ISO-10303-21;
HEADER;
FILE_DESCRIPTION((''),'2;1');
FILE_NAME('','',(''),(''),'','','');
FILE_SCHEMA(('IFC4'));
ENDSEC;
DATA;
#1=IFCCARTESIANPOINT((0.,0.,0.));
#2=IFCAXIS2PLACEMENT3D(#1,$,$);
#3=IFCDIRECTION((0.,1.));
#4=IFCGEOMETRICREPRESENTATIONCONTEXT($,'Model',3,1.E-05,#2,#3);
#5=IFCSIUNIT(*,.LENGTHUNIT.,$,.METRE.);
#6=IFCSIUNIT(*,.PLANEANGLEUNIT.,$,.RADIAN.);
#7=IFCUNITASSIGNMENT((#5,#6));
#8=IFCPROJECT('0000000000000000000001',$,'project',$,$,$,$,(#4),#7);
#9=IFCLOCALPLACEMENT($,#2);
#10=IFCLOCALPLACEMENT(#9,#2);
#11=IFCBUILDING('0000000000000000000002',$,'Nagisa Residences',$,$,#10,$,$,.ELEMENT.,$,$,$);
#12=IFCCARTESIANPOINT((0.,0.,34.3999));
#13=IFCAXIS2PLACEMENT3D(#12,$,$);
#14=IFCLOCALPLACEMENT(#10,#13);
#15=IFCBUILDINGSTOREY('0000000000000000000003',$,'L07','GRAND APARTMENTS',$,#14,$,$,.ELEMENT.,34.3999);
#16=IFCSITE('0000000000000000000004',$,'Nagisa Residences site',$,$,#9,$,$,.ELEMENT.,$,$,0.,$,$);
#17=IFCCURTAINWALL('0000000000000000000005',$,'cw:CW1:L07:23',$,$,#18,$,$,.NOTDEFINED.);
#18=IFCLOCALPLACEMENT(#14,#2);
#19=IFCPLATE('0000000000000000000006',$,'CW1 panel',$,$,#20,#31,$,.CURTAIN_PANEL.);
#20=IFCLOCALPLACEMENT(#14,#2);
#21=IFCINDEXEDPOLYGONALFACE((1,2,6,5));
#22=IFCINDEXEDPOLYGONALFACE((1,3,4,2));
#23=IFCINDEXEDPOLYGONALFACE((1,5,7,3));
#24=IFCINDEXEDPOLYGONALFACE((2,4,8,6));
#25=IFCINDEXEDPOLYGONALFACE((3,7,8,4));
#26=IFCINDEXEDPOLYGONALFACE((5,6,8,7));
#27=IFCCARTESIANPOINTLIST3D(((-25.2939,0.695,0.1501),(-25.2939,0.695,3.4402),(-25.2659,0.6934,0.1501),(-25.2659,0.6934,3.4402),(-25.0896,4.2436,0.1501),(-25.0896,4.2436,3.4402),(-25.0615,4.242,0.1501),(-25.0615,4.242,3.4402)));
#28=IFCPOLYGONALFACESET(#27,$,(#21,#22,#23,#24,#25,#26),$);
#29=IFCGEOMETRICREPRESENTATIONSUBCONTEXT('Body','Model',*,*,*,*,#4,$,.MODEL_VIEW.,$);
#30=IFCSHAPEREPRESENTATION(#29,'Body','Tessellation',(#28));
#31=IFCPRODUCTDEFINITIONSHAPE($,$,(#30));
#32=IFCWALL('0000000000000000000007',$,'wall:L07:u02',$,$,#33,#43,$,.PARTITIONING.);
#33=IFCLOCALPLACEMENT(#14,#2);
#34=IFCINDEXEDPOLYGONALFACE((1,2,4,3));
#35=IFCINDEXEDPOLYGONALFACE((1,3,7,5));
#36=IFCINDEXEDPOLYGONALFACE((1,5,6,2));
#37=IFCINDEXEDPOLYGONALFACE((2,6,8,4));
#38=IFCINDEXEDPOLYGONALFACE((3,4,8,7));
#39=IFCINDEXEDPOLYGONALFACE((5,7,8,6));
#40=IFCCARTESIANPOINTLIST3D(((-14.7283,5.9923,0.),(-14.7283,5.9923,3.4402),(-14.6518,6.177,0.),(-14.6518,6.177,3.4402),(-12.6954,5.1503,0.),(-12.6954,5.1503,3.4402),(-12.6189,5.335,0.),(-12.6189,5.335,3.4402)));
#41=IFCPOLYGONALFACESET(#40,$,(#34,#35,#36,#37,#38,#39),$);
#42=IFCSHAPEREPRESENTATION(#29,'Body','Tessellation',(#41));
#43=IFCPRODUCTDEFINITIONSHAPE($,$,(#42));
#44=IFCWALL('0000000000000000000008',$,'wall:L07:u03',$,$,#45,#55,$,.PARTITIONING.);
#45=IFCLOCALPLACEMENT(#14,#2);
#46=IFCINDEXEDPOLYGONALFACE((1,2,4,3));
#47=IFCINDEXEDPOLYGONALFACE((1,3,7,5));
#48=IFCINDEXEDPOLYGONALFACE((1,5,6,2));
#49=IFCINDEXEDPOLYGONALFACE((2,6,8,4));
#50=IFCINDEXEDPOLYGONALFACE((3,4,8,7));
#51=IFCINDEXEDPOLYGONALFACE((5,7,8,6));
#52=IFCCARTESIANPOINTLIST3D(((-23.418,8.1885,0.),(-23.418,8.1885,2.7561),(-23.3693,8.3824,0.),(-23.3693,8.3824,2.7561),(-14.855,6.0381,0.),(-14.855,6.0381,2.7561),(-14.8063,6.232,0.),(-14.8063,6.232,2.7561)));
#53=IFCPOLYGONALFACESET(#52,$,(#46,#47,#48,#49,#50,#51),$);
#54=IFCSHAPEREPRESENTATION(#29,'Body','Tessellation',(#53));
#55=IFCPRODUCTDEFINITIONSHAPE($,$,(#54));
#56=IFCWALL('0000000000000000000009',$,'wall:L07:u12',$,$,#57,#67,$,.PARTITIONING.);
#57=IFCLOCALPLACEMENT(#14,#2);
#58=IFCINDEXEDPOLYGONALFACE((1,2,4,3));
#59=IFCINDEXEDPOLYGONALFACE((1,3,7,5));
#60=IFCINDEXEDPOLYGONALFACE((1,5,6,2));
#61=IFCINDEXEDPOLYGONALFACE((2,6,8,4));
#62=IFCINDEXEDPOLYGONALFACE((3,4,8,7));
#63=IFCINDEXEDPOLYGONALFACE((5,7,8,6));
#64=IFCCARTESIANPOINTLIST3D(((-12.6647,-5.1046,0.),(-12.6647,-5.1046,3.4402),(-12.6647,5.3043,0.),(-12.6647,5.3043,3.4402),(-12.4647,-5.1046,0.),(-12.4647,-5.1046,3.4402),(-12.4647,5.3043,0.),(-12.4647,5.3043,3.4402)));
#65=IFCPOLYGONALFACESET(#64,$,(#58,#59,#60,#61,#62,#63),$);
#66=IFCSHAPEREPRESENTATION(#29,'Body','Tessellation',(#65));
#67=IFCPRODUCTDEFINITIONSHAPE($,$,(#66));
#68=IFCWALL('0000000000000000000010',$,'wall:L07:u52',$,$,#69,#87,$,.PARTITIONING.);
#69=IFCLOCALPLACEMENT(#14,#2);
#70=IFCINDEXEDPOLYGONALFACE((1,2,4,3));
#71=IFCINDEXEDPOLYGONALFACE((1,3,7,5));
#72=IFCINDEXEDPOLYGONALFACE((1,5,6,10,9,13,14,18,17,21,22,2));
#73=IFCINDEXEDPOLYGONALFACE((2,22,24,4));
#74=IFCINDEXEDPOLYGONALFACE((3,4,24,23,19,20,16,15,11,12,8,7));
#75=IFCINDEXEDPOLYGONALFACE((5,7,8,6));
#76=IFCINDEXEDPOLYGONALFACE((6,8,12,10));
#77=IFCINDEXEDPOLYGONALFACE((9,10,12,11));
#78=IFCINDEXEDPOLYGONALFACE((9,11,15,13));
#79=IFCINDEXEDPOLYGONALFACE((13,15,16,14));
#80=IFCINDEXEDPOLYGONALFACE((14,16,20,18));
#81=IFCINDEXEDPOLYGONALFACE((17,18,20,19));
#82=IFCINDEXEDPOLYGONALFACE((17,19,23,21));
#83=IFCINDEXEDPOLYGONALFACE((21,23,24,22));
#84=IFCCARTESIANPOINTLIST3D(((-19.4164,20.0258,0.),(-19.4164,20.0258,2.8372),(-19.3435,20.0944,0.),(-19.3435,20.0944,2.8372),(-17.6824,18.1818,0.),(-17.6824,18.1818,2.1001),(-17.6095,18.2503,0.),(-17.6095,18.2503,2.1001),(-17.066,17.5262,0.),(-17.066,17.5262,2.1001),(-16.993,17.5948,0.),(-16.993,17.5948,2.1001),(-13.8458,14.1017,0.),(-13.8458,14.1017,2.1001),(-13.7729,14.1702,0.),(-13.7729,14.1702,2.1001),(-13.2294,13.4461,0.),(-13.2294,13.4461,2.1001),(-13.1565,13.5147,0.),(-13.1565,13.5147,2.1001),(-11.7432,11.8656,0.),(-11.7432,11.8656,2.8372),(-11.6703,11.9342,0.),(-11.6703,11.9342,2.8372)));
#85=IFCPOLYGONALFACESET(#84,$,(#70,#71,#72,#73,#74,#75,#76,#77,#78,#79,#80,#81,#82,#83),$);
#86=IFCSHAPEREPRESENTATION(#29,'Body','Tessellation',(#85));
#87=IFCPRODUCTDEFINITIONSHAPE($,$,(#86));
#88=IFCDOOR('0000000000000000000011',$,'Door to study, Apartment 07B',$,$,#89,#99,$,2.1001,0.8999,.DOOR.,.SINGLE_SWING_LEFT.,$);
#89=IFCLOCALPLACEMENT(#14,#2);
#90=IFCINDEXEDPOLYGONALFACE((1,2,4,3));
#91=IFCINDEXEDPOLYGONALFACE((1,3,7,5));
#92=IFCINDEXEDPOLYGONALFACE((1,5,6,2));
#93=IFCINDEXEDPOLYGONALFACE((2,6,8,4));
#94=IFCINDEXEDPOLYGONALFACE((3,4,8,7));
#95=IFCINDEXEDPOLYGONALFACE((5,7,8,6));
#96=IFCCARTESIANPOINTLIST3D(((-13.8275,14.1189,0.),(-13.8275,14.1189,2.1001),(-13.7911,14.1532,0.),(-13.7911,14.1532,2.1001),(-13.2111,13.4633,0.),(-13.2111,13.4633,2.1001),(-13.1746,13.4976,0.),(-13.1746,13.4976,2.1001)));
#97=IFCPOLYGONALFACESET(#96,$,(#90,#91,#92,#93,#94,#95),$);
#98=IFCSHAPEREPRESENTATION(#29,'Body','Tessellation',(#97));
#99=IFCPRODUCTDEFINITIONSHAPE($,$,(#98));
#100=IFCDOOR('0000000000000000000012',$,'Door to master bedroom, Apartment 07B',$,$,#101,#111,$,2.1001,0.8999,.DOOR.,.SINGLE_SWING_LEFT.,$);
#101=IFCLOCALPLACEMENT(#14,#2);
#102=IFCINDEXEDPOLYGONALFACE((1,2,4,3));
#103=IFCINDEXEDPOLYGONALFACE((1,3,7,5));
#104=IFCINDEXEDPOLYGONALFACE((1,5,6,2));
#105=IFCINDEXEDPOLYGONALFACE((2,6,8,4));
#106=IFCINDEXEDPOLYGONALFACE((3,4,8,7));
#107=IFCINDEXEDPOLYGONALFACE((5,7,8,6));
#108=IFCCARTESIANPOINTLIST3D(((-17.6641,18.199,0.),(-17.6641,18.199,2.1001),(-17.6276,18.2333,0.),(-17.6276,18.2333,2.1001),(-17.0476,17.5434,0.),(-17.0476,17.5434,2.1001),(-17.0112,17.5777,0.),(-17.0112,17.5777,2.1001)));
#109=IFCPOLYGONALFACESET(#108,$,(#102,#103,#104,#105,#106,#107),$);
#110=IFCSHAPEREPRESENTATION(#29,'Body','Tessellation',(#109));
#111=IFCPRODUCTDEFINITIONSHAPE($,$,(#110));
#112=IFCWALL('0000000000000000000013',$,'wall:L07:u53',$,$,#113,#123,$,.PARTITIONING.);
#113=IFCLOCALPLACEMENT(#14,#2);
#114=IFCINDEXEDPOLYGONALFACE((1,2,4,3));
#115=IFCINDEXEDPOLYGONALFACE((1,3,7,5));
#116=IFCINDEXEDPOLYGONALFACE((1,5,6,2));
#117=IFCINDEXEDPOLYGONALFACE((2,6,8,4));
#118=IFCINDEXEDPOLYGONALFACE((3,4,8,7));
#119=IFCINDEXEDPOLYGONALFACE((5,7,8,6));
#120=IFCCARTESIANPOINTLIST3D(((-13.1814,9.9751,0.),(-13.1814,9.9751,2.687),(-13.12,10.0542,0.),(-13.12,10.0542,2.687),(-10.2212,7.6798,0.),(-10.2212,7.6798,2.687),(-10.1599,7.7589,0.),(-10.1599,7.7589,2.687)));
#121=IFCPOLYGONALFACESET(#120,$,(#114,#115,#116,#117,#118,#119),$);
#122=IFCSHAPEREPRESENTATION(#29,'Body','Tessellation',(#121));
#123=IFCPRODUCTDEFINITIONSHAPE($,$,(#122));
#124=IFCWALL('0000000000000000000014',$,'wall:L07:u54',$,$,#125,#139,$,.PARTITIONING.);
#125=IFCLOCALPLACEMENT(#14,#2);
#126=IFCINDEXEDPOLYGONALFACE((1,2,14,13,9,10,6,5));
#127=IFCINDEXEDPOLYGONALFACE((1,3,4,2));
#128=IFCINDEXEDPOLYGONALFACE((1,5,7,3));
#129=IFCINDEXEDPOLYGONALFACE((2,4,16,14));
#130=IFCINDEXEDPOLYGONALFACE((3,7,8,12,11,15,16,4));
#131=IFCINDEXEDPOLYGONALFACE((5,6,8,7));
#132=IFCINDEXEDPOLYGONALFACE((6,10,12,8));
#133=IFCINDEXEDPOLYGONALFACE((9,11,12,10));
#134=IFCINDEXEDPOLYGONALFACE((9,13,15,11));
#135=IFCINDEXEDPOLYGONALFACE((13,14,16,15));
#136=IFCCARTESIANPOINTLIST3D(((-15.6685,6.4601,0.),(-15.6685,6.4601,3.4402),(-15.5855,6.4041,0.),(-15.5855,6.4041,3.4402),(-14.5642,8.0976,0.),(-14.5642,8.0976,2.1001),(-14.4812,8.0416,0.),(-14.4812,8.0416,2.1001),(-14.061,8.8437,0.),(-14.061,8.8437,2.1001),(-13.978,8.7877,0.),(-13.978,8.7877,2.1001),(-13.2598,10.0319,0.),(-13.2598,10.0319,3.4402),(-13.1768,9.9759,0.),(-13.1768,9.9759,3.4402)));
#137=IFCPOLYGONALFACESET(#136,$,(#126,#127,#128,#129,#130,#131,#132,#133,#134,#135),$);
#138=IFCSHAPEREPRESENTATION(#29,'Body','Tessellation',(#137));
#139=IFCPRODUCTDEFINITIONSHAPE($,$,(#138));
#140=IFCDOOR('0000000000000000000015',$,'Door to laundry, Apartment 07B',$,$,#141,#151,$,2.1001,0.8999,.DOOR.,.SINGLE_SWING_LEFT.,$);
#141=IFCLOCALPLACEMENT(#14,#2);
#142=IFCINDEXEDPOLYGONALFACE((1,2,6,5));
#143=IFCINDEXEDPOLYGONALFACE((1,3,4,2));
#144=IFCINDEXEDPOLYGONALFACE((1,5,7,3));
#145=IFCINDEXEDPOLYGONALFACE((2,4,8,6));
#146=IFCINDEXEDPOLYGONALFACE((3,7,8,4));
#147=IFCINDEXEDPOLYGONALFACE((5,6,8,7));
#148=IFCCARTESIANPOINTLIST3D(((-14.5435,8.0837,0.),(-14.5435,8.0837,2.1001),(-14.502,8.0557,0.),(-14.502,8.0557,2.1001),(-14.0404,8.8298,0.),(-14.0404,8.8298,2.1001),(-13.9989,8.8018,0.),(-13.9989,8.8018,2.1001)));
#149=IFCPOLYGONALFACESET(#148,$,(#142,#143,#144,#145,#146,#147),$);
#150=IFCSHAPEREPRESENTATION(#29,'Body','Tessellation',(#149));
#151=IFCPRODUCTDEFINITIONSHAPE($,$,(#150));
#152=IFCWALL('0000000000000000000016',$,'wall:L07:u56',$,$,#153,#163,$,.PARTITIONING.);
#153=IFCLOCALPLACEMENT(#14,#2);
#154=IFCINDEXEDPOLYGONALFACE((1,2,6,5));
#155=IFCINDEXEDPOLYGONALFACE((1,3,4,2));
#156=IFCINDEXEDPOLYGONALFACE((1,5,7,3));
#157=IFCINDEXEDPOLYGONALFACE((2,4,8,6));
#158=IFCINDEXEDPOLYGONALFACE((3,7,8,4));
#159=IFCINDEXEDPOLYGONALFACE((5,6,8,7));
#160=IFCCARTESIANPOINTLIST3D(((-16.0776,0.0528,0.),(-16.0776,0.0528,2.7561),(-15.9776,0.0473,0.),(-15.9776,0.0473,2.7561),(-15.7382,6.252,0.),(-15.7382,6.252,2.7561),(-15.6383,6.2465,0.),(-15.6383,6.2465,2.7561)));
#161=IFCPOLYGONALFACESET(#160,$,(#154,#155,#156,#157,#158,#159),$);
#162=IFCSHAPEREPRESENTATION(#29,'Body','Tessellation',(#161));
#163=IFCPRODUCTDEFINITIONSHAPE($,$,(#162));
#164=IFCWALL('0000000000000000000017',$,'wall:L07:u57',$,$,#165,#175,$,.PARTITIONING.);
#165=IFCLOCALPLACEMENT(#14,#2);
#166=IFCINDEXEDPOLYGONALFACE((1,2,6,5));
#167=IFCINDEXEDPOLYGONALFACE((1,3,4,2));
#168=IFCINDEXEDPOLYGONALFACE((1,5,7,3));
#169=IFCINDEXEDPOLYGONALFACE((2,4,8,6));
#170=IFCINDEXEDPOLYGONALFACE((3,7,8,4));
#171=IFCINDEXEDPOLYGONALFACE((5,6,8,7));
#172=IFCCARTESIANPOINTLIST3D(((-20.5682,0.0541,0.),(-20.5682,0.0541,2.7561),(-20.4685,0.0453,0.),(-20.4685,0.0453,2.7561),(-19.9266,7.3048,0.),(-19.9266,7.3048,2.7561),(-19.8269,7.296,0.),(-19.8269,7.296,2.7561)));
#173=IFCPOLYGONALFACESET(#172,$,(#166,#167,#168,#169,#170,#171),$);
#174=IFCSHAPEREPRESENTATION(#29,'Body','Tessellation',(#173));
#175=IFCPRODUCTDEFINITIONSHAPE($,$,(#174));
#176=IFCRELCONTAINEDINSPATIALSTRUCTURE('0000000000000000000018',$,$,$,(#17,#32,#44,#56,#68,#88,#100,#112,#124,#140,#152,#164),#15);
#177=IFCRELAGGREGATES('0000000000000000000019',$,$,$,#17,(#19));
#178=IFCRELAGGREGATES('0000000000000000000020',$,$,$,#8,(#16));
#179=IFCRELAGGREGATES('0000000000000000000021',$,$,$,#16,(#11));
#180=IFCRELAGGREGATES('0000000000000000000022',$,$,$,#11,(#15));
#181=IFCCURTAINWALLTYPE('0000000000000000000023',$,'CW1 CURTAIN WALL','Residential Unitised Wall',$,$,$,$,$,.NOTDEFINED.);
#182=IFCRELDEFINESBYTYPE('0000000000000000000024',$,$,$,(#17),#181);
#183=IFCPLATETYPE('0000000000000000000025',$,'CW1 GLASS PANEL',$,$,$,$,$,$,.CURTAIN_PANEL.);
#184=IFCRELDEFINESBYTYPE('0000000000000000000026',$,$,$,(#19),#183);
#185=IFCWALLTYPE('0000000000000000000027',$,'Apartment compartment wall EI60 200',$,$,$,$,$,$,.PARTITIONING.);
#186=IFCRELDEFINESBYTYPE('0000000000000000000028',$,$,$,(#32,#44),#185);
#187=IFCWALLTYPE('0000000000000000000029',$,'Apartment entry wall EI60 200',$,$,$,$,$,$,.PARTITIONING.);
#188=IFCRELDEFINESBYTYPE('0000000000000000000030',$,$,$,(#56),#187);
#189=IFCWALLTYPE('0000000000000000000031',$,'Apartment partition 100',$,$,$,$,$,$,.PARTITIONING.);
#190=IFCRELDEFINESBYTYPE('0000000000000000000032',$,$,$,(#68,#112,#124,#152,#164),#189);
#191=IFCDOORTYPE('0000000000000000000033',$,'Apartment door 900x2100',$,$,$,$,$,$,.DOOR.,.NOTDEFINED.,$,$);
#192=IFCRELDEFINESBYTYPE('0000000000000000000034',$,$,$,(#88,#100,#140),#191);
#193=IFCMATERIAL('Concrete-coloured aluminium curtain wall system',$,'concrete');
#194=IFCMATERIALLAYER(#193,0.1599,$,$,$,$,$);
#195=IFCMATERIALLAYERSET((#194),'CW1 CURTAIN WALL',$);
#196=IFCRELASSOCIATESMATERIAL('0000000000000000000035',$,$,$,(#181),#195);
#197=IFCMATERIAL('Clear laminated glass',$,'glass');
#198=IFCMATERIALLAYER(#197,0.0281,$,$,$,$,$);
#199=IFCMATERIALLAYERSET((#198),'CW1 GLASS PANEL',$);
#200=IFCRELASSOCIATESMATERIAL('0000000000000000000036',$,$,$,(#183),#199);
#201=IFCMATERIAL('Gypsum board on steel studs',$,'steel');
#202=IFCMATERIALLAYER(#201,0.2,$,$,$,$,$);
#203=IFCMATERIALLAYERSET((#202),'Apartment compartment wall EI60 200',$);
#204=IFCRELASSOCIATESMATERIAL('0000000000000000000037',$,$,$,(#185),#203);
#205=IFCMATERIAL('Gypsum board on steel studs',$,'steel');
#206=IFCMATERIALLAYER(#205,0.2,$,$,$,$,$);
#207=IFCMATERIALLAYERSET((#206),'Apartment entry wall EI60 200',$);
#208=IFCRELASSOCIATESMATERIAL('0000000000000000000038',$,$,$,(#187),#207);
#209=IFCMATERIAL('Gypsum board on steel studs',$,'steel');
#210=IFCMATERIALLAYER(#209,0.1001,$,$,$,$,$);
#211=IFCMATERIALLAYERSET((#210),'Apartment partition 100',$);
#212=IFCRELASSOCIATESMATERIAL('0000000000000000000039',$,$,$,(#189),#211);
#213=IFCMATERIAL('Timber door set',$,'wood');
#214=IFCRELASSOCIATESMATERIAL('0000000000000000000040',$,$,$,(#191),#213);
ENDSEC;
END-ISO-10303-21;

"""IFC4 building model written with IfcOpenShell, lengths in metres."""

from ifc_helpers import new_model, si_unit, direction, frame, frame_2d, origin, origin_2d, place, context, subcontext, project, spatial, rectangle, extrude, material, layer, layer_set, type_object, element, fill, aggregate, save


model = new_model("IFC4")

# Units and contexts
model_context = context("Model", 3, precision=1e-05, world=origin(), true_north=direction((0.0, 1.0)))
body_context = subcontext(model_context, "Body", "Model", "MODEL_VIEW")
ifc_project = project(units=[si_unit("LENGTHUNIT", "METRE"), si_unit("PLANEANGLEUNIT", "RADIAN")], contexts=[model_context])

# Site, building, storey
site_placement = place(None, origin())
site = spatial("IfcSite", under=ifc_project, at=site_placement, Name="Nagisa Residences site", CompositionType="ELEMENT", RefElevation=0.0)
building_placement = place(site_placement, origin())
building = spatial("IfcBuilding", under=site, at=building_placement, Name="Nagisa Residences", CompositionType="ELEMENT")
storey_placement = place(building_placement, frame((0.0, 0.0, 34.3999)))
storey = spatial("IfcBuildingStorey", under=building, at=storey_placement, Name="L07", Description="GRAND APARTMENTS", CompositionType="ELEMENT", Elevation=34.3999)

# Curtain wall
ifc_material_1 = material(Name="Concrete-coloured aluminium curtain wall system", Category="concrete")
ifc_layer_1 = layer(ifc_material_1, 0.1599)
ifc_layer_set_1 = layer_set([ifc_layer_1], Name="CW1 CURTAIN WALL")
curtain_wall_type = type_object("IfcCurtainWallType", Name="CW1 CURTAIN WALL", Description="Residential Unitised Wall", PredefinedType="NOTDEFINED", material=ifc_layer_set_1)
curtain_wall_1_placement = place(storey_placement, origin())
curtain_wall_1 = element("IfcCurtainWall", 1, at=curtain_wall_1_placement, inside=storey, type_object=curtain_wall_type, Name="cw:CW1:L07:23", PredefinedType="NOTDEFINED")

# Plate
ifc_material_2 = material(Name="Clear laminated glass", Category="glass")
ifc_layer_2 = layer(ifc_material_2, 0.0281)
ifc_layer_set_2 = layer_set([ifc_layer_2], Name="CW1 GLASS PANEL")
plate_type = type_object("IfcPlateType", Name="CW1 GLASS PANEL", PredefinedType="CURTAIN_PANEL", material=ifc_layer_set_2)
plate_1_placement = place(storey_placement, frame((-25.1777, 2.4685, 0.1501), z_axis=(0.0, 0.0, 1.0), x_axis=(-0.057503, -0.998345, 0.0)))
plate_1 = element("IfcPlate", 2, at=plate_1_placement, type_object=plate_type, Name="CW1 panel", PredefinedType="CURTAIN_PANEL", context=body_context, shape_type="SweptSolid", body=[
    extrude(rectangle(XDim=3.5544, YDim=0.0281, at=origin_2d()), origin(), (0.0, 0.0, 1.0), 3.29),
])
aggregate(curtain_wall_1, [plate_1])

# Walls
ifc_material_3 = material(Name="Gypsum board on steel studs", Category="steel")
ifc_layer_3 = layer(ifc_material_3, 0.2)
ifc_layer_set_3 = layer_set([ifc_layer_3], Name="Apartment compartment wall EI60 200")
wall_type_1 = type_object("IfcWallType", Name="Apartment compartment wall EI60 200", PredefinedType="PARTITIONING", material=ifc_layer_set_3)
wall_1_placement = place(storey_placement, frame((-12.6572, 5.2427, 0.0), z_axis=(0.0, 0.0, 1.0), x_axis=(-0.923886, 0.382669, 0.0)))
element("IfcWall", 3, at=wall_1_placement, inside=storey, type_object=wall_type_1, Name="wall:L07:u02", PredefinedType="PARTITIONING", context=body_context, shape_type="SweptSolid", body=[
    extrude(rectangle(XDim=2.2004, YDim=0.2, at=frame_2d((1.1001, 0.0))), origin(), (0.0, 0.0, 1.0), 3.4402),
])
wall_2_placement = place(storey_placement, frame((-14.8306, 6.135, 0.0), z_axis=(0.0, 0.0, 1.0), x_axis=(-0.969885, 0.243564, 0.0)))
element("IfcWall", 4, at=wall_2_placement, inside=storey, type_object=wall_type_1, Name="wall:L07:u03", PredefinedType="PARTITIONING", context=body_context, shape_type="SweptSolid", body=[
    extrude(rectangle(XDim=8.8289, YDim=0.2, at=frame_2d((4.4146, 0.0))), origin(), (0.0, 0.0, 1.0), 2.7561),
])
ifc_material_4 = material(Name="Gypsum board on steel studs", Category="steel")
ifc_layer_4 = layer(ifc_material_4, 0.2)
ifc_layer_set_4 = layer_set([ifc_layer_4], Name="Apartment entry wall EI60 200")
wall_type_2 = type_object("IfcWallType", Name="Apartment entry wall EI60 200", PredefinedType="PARTITIONING", material=ifc_layer_set_4)
wall_3_placement = place(storey_placement, frame((-12.5647, 5.3044, 0.0), z_axis=(0.0, 0.0, 1.0), x_axis=(0.0, -1.0, 0.0)))
element("IfcWall", 5, at=wall_3_placement, inside=storey, type_object=wall_type_2, Name="wall:L07:u12", PredefinedType="PARTITIONING", context=body_context, shape_type="SweptSolid", body=[
    extrude(rectangle(XDim=10.4089, YDim=0.2, at=frame_2d((5.2046, 0.0))), origin(), (0.0, 0.0, 1.0), 3.4402),
])

# Wall, openings, doors
ifc_material_5 = material(Name="Gypsum board on steel studs", Category="steel")
ifc_layer_5 = layer(ifc_material_5, 0.1001)
ifc_layer_set_5 = layer_set([ifc_layer_5], Name="Apartment partition 100")
wall_type_3 = type_object("IfcWallType", Name="Apartment partition 100", PredefinedType="PARTITIONING", material=ifc_layer_set_5)
wall_4_placement = place(storey_placement, frame((-11.7068, 11.8999, 0.0), z_axis=(0.0, 0.0, 1.0), x_axis=(-0.685031, 0.728514, 0.0)))
wall_4 = element("IfcWall", 6, at=wall_4_placement, inside=storey, type_object=wall_type_3, Name="wall:L07:u52", PredefinedType="PARTITIONING", context=body_context, shape_type="SweptSolid", body=[
    extrude(rectangle(XDim=11.2012, YDim=0.1001, at=frame_2d((5.6006, 0.0))), origin(), (0.0, 0.0, 1.0), 2.8372),
])
opening_1_placement = place(wall_4_placement, frame((2.1694, 0.0, 0.0)))
opening_1 = element("IfcOpeningElement", 7, at=opening_1_placement, cuts=wall_4, PredefinedType="OPENING", context=body_context, shape_type="SweptSolid", body=[
    extrude(rectangle(XDim=0.8999, YDim=2.1001, at=frame_2d((0.45, 1.05))), frame((0.0, 0.0601, 0.0), z_axis=(0.0, -1.0, 0.0), x_axis=(1.0, 0.0, 0.0)), (0.0, 0.0, 1.0), 0.1201),
])
opening_2_placement = place(wall_4_placement, frame((7.77, 0.0, 0.0)))
opening_2 = element("IfcOpeningElement", 8, at=opening_2_placement, cuts=wall_4, PredefinedType="OPENING", context=body_context, shape_type="SweptSolid", body=[
    extrude(rectangle(XDim=0.8999, YDim=2.1001, at=frame_2d((0.45, 1.05))), frame((0.0, 0.0601, 0.0), z_axis=(0.0, -1.0, 0.0), x_axis=(1.0, 0.0, 0.0)), (0.0, 0.0, 1.0), 0.1201),
])
ifc_material_6 = material(Name="Timber door set", Category="wood")
door_type_1 = type_object("IfcDoorType", Name="Apartment door 900x2100", OperationType="NOTDEFINED", PredefinedType="DOOR", material=ifc_material_6)
door_1_placement = place(opening_1_placement, origin())
door_1 = element("IfcDoor", 9, at=door_1_placement, inside=storey, type_object=door_type_1, Name="Door to study, Apartment 07B", OperationType="SINGLE_SWING_LEFT", OverallHeight=2.1001, OverallWidth=0.8999, PredefinedType="DOOR", context=body_context, shape_type="SweptSolid", body=[
    extrude(rectangle(XDim=0.8999, YDim=2.1001, at=frame_2d((0.45, 1.05))), frame((0.0, 0.0249, 0.0), z_axis=(0.0, -1.0, 0.0), x_axis=(1.0, 0.0, 0.0)), (0.0, 0.0, 1.0), 0.05),
])
fill(opening_1, door_1)
door_2_placement = place(opening_2_placement, origin())
door_2 = element("IfcDoor", 10, at=door_2_placement, inside=storey, type_object=door_type_1, Name="Door to master bedroom, Apartment 07B", OperationType="SINGLE_SWING_LEFT", OverallHeight=2.1001, OverallWidth=0.8999, PredefinedType="DOOR", context=body_context, shape_type="SweptSolid", body=[
    extrude(rectangle(XDim=0.8999, YDim=2.1001, at=frame_2d((0.45, 1.05))), frame((0.0, 0.0249, 0.0), z_axis=(0.0, -1.0, 0.0), x_axis=(1.0, 0.0, 0.0)), (0.0, 0.0, 1.0), 0.05),
])
fill(opening_2, door_2)

# Wall
wall_5_placement = place(storey_placement, frame((-10.1904, 7.7192, 0.0), z_axis=(0.0, 0.0, 1.0), x_axis=(-0.790253, 0.61278, 0.0)))
element("IfcWall", 11, at=wall_5_placement, inside=storey, type_object=wall_type_3, Name="wall:L07:u53", PredefinedType="PARTITIONING", context=body_context, shape_type="SweptSolid", body=[
    extrude(rectangle(XDim=3.7458, YDim=0.1001, at=frame_2d((1.873, 0.0))), origin(), (0.0, 0.0, 1.0), 2.687),
])

# Wall, opening, door
wall_6_placement = place(storey_placement, frame((-13.2183, 10.0039, 0.0), z_axis=(0.0, 0.0, 1.0), x_axis=(-0.559113, -0.829092, 0.0)))
wall_6 = element("IfcWall", 12, at=wall_6_placement, inside=storey, type_object=wall_type_3, Name="wall:L07:u54", PredefinedType="PARTITIONING", context=body_context, shape_type="SweptSolid", body=[
    extrude(rectangle(XDim=4.3081, YDim=0.1001, at=frame_2d((2.1541, 0.0))), origin(), (0.0, 0.0, 1.0), 3.4402),
])
opening_3_placement = place(wall_6_placement, frame((1.4331, 0.0, 0.0)))
opening_3 = element("IfcOpeningElement", 13, at=opening_3_placement, cuts=wall_6, PredefinedType="OPENING", context=body_context, shape_type="SweptSolid", body=[
    extrude(rectangle(XDim=0.8999, YDim=2.1001, at=frame_2d((0.45, 1.05))), frame((0.0, 0.0601, 0.0), z_axis=(0.0, -1.0, 0.0), x_axis=(1.0, 0.0, 0.0)), (0.0, 0.0, 1.0), 0.1201),
])
door_3_placement = place(opening_3_placement, origin())
door_3 = element("IfcDoor", 14, at=door_3_placement, inside=storey, type_object=door_type_1, Name="Door to laundry, Apartment 07B", OperationType="SINGLE_SWING_LEFT", OverallHeight=2.1001, OverallWidth=0.8999, PredefinedType="DOOR", context=body_context, shape_type="SweptSolid", body=[
    extrude(rectangle(XDim=0.8999, YDim=2.1001, at=frame_2d((0.45, 1.05))), frame((0.0, 0.0249, 0.0), z_axis=(0.0, -1.0, 0.0), x_axis=(1.0, 0.0, 0.0)), (0.0, 0.0, 1.0), 0.05),
])
fill(opening_3, door_3)

# Walls
wall_7_placement = place(storey_placement, frame((-15.6882, 6.2493, 0.0), z_axis=(0.0, 0.0, 1.0), x_axis=(-0.05466, -0.998505, 0.0)))
element("IfcWall", 15, at=wall_7_placement, inside=storey, type_object=wall_type_3, Name="wall:L07:u56", PredefinedType="PARTITIONING", context=body_context, shape_type="SweptSolid", body=[
    extrude(rectangle(XDim=6.2085, YDim=0.1001, at=frame_2d((3.1042, 0.0))), origin(), (0.0, 0.0, 1.0), 2.7561),
])
wall_8_placement = place(storey_placement, frame((-19.8767, 7.3005, 0.0), z_axis=(0.0, 0.0, 1.0), x_axis=(-0.088143, -0.996108, 0.0)))
element("IfcWall", 16, at=wall_8_placement, inside=storey, type_object=wall_type_3, Name="wall:L07:u57", PredefinedType="PARTITIONING", context=body_context, shape_type="SweptSolid", body=[
    extrude(rectangle(XDim=7.2791, YDim=0.1001, at=frame_2d((3.6396, 0.0))), origin(), (0.0, 0.0, 1.0), 2.7561),
])

save(model, "model.ifc")
